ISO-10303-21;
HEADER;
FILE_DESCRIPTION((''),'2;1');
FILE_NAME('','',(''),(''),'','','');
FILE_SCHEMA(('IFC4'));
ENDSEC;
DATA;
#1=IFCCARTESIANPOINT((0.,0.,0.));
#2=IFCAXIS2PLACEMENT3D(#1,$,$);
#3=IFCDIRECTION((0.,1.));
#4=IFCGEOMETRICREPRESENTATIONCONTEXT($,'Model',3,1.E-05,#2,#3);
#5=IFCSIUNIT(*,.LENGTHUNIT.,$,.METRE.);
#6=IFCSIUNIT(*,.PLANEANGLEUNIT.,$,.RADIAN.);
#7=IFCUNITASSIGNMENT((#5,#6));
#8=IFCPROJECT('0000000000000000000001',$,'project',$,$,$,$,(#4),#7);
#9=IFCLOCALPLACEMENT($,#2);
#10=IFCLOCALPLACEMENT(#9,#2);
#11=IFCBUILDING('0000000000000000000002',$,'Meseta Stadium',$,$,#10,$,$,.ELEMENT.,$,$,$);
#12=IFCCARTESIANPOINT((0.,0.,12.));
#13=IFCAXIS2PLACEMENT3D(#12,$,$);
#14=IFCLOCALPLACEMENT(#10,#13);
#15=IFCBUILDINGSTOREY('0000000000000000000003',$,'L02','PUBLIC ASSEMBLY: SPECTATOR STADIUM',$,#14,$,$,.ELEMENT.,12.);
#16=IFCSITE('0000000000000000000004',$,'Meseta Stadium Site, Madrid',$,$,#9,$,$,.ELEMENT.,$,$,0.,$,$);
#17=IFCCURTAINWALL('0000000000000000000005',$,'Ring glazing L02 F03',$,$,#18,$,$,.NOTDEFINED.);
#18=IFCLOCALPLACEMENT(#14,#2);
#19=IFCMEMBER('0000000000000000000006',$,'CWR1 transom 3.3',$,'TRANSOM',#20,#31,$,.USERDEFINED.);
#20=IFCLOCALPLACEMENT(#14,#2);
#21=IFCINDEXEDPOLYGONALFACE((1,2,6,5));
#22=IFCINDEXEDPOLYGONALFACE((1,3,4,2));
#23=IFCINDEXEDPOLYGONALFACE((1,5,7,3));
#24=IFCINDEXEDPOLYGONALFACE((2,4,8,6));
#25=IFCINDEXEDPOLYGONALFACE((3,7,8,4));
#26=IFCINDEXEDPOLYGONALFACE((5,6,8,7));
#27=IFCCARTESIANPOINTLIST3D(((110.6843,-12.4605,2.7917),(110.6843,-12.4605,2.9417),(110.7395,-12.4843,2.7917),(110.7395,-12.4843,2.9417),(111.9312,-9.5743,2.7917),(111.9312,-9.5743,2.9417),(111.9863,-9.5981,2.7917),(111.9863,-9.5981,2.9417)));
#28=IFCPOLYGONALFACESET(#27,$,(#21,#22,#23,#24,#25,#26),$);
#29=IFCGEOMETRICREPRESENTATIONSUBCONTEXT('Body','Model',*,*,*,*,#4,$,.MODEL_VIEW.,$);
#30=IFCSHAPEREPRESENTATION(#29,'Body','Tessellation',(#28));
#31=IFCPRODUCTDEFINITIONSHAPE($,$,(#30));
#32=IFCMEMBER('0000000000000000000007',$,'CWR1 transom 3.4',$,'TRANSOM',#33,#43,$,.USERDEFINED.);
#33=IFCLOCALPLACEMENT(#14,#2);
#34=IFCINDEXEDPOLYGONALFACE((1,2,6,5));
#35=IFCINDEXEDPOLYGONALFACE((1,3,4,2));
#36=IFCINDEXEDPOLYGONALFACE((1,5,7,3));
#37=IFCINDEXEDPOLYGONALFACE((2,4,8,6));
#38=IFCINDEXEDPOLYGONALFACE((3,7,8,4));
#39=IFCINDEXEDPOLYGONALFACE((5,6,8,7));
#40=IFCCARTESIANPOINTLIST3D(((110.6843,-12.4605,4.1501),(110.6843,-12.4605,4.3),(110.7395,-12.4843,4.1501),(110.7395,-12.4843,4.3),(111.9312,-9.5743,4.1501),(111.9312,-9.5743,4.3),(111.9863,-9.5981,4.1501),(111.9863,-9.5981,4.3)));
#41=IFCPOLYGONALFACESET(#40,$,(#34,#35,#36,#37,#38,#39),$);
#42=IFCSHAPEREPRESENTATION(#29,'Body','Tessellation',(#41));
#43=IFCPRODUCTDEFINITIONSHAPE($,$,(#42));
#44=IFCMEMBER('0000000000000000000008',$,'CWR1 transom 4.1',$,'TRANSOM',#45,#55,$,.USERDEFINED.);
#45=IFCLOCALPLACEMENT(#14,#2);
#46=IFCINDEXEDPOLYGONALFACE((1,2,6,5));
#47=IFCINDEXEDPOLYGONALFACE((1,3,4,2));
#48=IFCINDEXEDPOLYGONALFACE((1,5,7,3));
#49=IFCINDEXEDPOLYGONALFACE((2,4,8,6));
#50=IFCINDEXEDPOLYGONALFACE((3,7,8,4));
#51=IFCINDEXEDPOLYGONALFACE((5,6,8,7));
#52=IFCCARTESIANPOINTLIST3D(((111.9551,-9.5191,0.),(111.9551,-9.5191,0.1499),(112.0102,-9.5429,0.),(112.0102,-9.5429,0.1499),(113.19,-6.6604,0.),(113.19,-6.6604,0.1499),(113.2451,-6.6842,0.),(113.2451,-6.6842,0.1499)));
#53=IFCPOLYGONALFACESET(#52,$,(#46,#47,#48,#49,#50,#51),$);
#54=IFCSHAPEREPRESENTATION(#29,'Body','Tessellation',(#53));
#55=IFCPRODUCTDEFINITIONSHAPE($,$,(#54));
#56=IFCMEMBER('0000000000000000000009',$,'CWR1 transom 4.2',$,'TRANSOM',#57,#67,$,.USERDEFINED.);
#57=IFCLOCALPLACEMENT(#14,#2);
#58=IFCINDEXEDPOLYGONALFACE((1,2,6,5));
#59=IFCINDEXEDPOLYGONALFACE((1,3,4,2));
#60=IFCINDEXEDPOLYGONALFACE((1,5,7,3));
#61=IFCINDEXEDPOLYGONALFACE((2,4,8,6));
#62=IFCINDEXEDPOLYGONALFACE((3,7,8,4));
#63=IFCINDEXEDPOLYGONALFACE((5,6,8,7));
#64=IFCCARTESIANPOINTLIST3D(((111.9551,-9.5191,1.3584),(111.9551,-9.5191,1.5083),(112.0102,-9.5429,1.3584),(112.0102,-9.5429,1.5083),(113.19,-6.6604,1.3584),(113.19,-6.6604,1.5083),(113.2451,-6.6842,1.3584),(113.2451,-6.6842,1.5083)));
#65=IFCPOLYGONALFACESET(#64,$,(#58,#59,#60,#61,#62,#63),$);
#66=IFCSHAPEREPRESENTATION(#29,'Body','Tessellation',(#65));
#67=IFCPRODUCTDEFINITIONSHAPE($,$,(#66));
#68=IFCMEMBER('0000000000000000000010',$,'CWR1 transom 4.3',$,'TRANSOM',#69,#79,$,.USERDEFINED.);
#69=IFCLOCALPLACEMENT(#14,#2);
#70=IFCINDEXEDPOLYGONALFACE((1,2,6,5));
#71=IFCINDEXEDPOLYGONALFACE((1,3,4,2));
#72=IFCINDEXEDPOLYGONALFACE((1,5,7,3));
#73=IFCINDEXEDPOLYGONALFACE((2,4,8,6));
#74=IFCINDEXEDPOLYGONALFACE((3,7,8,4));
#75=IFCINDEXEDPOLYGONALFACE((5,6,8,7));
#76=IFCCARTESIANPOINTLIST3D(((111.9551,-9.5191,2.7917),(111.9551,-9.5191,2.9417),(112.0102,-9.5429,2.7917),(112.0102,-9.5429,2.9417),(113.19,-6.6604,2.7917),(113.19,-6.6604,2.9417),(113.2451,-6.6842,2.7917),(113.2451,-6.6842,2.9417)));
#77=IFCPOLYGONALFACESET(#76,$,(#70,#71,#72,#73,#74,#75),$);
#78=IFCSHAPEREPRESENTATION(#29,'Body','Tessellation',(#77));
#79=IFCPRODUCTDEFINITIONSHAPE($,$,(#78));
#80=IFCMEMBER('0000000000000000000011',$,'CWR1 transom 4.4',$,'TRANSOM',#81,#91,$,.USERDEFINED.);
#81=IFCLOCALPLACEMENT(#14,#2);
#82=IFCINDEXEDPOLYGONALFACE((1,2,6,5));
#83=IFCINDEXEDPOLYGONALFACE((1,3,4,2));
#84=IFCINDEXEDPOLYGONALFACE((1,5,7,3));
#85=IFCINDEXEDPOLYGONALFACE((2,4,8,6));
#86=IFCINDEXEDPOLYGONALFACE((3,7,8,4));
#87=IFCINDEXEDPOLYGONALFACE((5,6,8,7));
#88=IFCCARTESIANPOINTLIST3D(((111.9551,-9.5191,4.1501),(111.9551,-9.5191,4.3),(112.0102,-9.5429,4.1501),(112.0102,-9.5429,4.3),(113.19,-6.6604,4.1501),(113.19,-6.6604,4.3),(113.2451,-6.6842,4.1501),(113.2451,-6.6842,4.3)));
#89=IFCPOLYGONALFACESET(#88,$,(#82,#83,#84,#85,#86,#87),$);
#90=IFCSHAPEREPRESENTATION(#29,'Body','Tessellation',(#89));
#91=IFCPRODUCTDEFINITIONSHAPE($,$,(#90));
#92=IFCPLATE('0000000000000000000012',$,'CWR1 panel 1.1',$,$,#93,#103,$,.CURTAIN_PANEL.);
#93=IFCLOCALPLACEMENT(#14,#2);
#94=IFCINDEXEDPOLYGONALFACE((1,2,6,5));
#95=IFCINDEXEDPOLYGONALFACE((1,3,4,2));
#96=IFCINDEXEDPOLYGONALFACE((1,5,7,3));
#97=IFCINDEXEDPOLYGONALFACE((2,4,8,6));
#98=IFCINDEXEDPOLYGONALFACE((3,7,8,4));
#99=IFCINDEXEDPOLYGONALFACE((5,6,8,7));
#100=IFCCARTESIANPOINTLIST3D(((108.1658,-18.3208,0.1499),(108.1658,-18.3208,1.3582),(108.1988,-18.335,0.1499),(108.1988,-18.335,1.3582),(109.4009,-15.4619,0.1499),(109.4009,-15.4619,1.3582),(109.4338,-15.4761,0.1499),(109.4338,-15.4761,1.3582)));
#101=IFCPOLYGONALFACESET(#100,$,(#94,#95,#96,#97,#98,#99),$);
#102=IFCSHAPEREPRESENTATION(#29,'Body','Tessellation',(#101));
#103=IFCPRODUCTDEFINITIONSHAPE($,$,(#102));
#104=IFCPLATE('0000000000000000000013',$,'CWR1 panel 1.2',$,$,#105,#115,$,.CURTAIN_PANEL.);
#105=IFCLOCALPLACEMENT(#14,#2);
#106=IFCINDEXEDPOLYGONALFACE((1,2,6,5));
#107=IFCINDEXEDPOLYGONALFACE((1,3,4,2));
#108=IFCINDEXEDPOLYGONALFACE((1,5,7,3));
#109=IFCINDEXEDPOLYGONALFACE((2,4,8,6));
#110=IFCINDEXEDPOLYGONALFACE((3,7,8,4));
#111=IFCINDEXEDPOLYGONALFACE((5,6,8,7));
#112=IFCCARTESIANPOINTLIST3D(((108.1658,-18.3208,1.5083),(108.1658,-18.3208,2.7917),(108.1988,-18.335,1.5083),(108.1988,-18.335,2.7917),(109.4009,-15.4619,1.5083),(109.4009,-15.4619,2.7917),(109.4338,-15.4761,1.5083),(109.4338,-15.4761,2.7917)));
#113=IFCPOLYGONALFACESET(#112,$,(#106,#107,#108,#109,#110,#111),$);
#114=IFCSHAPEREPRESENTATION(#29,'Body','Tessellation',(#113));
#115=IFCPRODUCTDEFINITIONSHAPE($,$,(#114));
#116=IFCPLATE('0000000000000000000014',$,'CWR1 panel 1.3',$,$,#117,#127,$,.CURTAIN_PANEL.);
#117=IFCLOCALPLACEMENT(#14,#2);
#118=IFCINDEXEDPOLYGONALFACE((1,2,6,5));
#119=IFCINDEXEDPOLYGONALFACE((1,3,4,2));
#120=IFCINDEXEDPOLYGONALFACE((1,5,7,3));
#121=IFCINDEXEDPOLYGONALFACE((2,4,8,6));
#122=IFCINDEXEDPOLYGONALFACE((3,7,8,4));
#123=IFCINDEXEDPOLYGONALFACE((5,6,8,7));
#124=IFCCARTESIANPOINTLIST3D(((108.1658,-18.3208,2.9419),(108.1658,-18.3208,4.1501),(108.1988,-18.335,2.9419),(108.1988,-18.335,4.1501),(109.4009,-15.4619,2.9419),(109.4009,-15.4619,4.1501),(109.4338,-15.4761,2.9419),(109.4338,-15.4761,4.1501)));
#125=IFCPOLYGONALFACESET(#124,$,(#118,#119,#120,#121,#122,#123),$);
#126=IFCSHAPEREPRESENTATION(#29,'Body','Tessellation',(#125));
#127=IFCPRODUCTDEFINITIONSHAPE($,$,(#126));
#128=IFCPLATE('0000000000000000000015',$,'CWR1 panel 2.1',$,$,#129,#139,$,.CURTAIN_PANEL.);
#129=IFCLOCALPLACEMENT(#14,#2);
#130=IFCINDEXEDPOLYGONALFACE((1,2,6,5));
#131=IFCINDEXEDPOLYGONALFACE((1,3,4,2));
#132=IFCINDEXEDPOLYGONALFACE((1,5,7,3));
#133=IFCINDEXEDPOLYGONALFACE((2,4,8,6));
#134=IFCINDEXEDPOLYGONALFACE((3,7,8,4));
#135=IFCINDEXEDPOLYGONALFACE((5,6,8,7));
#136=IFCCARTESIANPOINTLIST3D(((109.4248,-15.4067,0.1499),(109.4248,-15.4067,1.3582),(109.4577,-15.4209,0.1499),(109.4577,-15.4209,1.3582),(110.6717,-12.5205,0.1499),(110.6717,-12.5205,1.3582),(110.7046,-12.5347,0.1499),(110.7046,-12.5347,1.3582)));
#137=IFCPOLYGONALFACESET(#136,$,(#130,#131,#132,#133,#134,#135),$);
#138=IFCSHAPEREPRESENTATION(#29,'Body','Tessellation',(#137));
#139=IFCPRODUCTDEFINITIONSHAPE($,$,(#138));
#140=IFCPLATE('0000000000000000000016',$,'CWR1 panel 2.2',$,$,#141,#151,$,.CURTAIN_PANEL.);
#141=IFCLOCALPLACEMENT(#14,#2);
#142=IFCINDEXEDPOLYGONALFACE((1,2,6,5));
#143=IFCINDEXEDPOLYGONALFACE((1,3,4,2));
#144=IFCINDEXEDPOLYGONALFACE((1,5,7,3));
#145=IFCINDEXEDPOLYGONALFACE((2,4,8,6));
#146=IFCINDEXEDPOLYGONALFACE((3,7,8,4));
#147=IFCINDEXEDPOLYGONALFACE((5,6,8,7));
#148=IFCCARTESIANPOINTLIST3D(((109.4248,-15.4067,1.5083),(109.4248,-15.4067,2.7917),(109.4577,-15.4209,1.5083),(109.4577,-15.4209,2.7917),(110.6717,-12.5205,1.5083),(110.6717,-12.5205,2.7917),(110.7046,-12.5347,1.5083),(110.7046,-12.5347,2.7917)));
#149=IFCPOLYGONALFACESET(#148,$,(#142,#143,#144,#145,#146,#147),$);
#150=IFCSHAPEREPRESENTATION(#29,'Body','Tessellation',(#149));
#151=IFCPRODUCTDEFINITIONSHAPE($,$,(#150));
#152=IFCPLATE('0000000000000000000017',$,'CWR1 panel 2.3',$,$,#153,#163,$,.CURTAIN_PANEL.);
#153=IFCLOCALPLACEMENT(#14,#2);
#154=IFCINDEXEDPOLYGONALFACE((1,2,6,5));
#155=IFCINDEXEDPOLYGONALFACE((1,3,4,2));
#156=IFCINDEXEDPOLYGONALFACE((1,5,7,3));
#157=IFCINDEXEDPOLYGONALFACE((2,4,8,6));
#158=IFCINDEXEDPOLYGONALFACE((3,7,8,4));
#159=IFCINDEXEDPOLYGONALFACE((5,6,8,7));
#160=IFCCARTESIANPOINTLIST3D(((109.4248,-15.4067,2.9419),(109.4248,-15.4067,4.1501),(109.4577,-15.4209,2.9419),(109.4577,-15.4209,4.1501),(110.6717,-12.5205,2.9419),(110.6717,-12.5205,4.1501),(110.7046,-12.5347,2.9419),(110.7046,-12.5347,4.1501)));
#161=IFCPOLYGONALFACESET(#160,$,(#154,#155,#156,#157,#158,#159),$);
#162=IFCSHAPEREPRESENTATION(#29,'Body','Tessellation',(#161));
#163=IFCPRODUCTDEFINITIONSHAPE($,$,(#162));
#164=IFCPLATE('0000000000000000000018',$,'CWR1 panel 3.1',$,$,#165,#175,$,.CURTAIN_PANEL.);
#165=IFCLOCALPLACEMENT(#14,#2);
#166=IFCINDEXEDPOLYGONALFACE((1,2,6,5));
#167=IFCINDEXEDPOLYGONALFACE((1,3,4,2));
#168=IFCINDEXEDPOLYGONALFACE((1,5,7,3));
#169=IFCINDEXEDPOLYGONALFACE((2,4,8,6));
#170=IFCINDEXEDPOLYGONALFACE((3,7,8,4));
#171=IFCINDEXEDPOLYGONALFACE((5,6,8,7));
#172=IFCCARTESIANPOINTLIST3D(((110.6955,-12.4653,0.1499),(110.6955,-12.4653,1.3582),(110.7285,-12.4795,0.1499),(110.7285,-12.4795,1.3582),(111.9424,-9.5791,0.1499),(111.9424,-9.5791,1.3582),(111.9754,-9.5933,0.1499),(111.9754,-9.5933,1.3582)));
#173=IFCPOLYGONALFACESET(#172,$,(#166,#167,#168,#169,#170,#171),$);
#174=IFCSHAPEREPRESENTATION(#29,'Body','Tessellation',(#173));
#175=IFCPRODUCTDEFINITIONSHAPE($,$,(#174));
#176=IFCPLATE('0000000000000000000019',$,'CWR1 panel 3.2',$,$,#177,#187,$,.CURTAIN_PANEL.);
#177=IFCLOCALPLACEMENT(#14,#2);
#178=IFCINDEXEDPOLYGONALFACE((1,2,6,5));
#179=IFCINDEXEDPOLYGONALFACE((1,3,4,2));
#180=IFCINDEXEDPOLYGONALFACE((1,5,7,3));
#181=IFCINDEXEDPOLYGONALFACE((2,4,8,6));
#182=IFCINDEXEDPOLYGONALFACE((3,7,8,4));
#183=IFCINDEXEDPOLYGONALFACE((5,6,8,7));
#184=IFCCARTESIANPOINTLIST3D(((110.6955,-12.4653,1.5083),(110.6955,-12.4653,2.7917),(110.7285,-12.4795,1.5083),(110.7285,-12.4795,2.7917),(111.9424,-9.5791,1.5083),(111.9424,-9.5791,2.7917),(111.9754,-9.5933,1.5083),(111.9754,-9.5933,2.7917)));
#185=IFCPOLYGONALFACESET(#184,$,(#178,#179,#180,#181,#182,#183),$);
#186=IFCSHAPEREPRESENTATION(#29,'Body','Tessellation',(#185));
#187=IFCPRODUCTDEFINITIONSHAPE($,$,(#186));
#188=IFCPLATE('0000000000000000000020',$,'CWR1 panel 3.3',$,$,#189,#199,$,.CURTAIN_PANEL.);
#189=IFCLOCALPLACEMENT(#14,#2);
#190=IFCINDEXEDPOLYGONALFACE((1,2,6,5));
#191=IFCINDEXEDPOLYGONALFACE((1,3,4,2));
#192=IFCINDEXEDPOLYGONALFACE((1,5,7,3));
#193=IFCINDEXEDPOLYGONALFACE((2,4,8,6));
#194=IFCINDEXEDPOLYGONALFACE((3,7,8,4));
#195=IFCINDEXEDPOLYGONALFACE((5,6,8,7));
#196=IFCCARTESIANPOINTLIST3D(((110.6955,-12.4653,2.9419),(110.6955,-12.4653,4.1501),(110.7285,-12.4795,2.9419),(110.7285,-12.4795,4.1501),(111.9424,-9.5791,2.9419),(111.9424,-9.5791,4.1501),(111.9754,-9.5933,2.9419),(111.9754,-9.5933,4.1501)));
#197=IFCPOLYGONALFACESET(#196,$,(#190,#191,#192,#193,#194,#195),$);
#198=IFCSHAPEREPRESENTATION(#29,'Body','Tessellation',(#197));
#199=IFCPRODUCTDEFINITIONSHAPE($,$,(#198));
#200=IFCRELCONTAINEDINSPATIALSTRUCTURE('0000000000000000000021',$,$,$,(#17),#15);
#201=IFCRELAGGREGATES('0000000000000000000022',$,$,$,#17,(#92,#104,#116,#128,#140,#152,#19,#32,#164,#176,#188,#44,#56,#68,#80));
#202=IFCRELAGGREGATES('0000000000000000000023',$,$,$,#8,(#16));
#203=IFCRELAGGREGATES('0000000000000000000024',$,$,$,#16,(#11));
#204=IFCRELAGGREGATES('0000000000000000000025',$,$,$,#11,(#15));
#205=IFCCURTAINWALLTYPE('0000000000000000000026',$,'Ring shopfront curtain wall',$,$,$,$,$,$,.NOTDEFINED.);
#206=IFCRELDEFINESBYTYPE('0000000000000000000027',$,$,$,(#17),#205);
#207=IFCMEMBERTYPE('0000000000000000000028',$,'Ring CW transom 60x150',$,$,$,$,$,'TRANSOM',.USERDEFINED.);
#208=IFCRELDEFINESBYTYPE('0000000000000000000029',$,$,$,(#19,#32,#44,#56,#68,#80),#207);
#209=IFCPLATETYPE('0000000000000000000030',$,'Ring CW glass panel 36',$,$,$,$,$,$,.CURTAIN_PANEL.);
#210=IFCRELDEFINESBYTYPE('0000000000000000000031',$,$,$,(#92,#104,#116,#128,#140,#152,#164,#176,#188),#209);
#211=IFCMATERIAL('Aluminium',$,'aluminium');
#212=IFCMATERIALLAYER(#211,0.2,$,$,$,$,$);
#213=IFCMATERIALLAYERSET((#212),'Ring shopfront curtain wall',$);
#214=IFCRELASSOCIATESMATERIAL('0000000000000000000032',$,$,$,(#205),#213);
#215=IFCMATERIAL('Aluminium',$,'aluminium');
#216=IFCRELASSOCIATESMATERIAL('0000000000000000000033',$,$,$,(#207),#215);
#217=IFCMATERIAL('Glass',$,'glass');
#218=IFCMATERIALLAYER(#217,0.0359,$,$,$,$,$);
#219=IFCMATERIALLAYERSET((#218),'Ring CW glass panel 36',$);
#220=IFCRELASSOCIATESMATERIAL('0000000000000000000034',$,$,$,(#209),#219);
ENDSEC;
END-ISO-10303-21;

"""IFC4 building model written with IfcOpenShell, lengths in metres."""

from ifc_helpers import new_model, si_unit, direction, frame, origin, origin_2d, place, context, subcontext, project, spatial, rectangle, extrude, material, layer, layer_set, material_profile, profile_set, type_object, element, aggregate, save


model = new_model("IFC4")

# Units and contexts
model_context = context("Model", 3, precision=1e-05, world=origin(), true_north=direction((0.0, 1.0)))
body_context = subcontext(model_context, "Body", "Model", "MODEL_VIEW")
ifc_project = project(units=[si_unit("LENGTHUNIT", "METRE"), si_unit("PLANEANGLEUNIT", "RADIAN")], contexts=[model_context])

# Site, building, storey
site_placement = place(None, origin())
site = spatial("IfcSite", under=ifc_project, at=site_placement, Name="Meseta Stadium Site, Madrid", CompositionType="ELEMENT", RefElevation=0.0)
building_placement = place(site_placement, origin())
building = spatial("IfcBuilding", under=site, at=building_placement, Name="Meseta Stadium", CompositionType="ELEMENT")
storey_placement = place(building_placement, frame((0.0, 0.0, 12.0)))
storey = spatial("IfcBuildingStorey", under=building, at=storey_placement, Name="L02", Description="PUBLIC ASSEMBLY: SPECTATOR STADIUM", CompositionType="ELEMENT", Elevation=12.0)

# Curtain wall, members, plates
ifc_material_1 = material(Name="Aluminium", Category="aluminium")
ifc_layer_1 = layer(ifc_material_1, 0.2)
ifc_layer_set_1 = layer_set([ifc_layer_1], Name="Ring shopfront curtain wall")
curtain_wall_type = type_object("IfcCurtainWallType", Name="Ring shopfront curtain wall", PredefinedType="NOTDEFINED", material=ifc_layer_set_1)
curtain_wall_placement = place(storey_placement, origin())
curtain_wall = element("IfcCurtainWall", 1, at=curtain_wall_placement, inside=storey, type_object=curtain_wall_type, Name="Ring glazing L02 F03", PredefinedType="NOTDEFINED")
ifc_material_2 = material(Name="Aluminium", Category="aluminium")
ifc_material_profile_1 = material_profile(ifc_material_2, rectangle(XDim=0.0601, YDim=0.1499, at=origin_2d()), Name="CW 60x150")
ifc_profile_set_1 = profile_set([ifc_material_profile_1], Name="Aluminium")
member_type_1 = type_object("IfcMemberType", Name="Ring CW transom 60x150", ElementType="TRANSOM", PredefinedType="USERDEFINED", material=ifc_profile_set_1)
member_1_placement = place(storey_placement, frame((110.7119, -12.4724, 2.8667), z_axis=(0.39657, 0.918005, 0.0), x_axis=(-0.918005, 0.39657, 0.0)))
member_1 = element("IfcMember", 2, at=member_1_placement, type_object=member_type_1, Name="CWR1 transom 3.3", ObjectType="TRANSOM", PredefinedType="USERDEFINED", context=body_context, shape_type="SweptSolid", body=[
    extrude(rectangle(XDim=0.0601, YDim=0.1499, at=origin_2d()), origin(), (0.0, 0.0, 1.0), 3.144),
])
member_2_placement = place(storey_placement, frame((110.7119, -12.4724, 4.2251), z_axis=(0.39657, 0.918005, 0.0), x_axis=(-0.918005, 0.39657, 0.0)))
member_2 = element("IfcMember", 3, at=member_2_placement, type_object=member_type_1, Name="CWR1 transom 3.4", ObjectType="TRANSOM", PredefinedType="USERDEFINED", context=body_context, shape_type="SweptSolid", body=[
    extrude(rectangle(XDim=0.0601, YDim=0.1499, at=origin_2d()), origin(), (0.0, 0.0, 1.0), 3.144),
])
member_3_placement = place(storey_placement, frame((111.9827, -9.531, 0.075), z_axis=(0.396558, 0.91801, 0.0), x_axis=(-0.91801, 0.396558, 0.0)))
member_3 = element("IfcMember", 4, at=member_3_placement, type_object=member_type_1, Name="CWR1 transom 4.1", ObjectType="TRANSOM", PredefinedType="USERDEFINED", context=body_context, shape_type="SweptSolid", body=[
    extrude(rectangle(XDim=0.0601, YDim=0.1499, at=origin_2d()), origin(), (0.0, 0.0, 1.0), 3.114),
])
member_4_placement = place(storey_placement, frame((111.9827, -9.531, 1.4333), z_axis=(0.396558, 0.91801, 0.0), x_axis=(-0.91801, 0.396558, 0.0)))
member_4 = element("IfcMember", 5, at=member_4_placement, type_object=member_type_1, Name="CWR1 transom 4.2", ObjectType="TRANSOM", PredefinedType="USERDEFINED", context=body_context, shape_type="SweptSolid", body=[
    extrude(rectangle(XDim=0.0601, YDim=0.1499, at=origin_2d()), origin(), (0.0, 0.0, 1.0), 3.114),
])
member_5_placement = place(storey_placement, frame((111.9827, -9.531, 2.8667), z_axis=(0.396558, 0.91801, 0.0), x_axis=(-0.91801, 0.396558, 0.0)))
member_5 = element("IfcMember", 6, at=member_5_placement, type_object=member_type_1, Name="CWR1 transom 4.3", ObjectType="TRANSOM", PredefinedType="USERDEFINED", context=body_context, shape_type="SweptSolid", body=[
    extrude(rectangle(XDim=0.0601, YDim=0.1499, at=origin_2d()), origin(), (0.0, 0.0, 1.0), 3.114),
])
member_6_placement = place(storey_placement, frame((111.9827, -9.531, 4.2251), z_axis=(0.396558, 0.91801, 0.0), x_axis=(-0.91801, 0.396558, 0.0)))
member_6 = element("IfcMember", 7, at=member_6_placement, type_object=member_type_1, Name="CWR1 transom 4.4", ObjectType="TRANSOM", PredefinedType="USERDEFINED", context=body_context, shape_type="SweptSolid", body=[
    extrude(rectangle(XDim=0.0601, YDim=0.1499, at=origin_2d()), origin(), (0.0, 0.0, 1.0), 3.114),
])
ifc_material_3 = material(Name="Glass", Category="glass")
ifc_layer_2 = layer(ifc_material_3, 0.0359)
ifc_layer_set_2 = layer_set([ifc_layer_2], Name="Ring CW glass panel 36")
plate_type_1 = type_object("IfcPlateType", Name="Ring CW glass panel 36", PredefinedType="CURTAIN_PANEL", material=ifc_layer_set_2)
plate_1_placement = place(storey_placement, frame((108.7998, -16.8984, 0.1499), z_axis=(0.0, 0.0, 1.0), x_axis=(0.396581, 0.918, 0.0)))
plate_1 = element("IfcPlate", 8, at=plate_1_placement, type_object=plate_type_1, Name="CWR1 panel 1.1", PredefinedType="CURTAIN_PANEL", context=body_context, shape_type="SweptSolid", body=[
    extrude(rectangle(XDim=3.1143, YDim=0.0359, at=origin_2d()), origin(), (0.0, 0.0, 1.0), 1.2083),
])
plate_2_placement = place(storey_placement, frame((108.7998, -16.8984, 1.5083), z_axis=(0.0, 0.0, 1.0), x_axis=(0.396581, 0.918, 0.0)))
plate_2 = element("IfcPlate", 9, at=plate_2_placement, type_object=plate_type_1, Name="CWR1 panel 1.2", PredefinedType="CURTAIN_PANEL", context=body_context, shape_type="SweptSolid", body=[
    extrude(rectangle(XDim=3.1143, YDim=0.0359, at=origin_2d()), origin(), (0.0, 0.0, 1.0), 1.2834),
])
plate_3_placement = place(storey_placement, frame((108.7998, -16.8984, 2.9419), z_axis=(0.0, 0.0, 1.0), x_axis=(0.396581, 0.918, 0.0)))
plate_3 = element("IfcPlate", 10, at=plate_3_placement, type_object=plate_type_1, Name="CWR1 panel 1.3", PredefinedType="CURTAIN_PANEL", context=body_context, shape_type="SweptSolid", body=[
    extrude(rectangle(XDim=3.1143, YDim=0.0359, at=origin_2d()), origin(), (0.0, 0.0, 1.0), 1.2083),
])
plate_4_placement = place(storey_placement, frame((110.0647, -13.9707, 0.1499), z_axis=(0.0, 0.0, 1.0), x_axis=(0.396581, 0.918, 0.0)))
plate_4 = element("IfcPlate", 11, at=plate_4_placement, type_object=plate_type_1, Name="CWR1 panel 2.1", PredefinedType="CURTAIN_PANEL", context=body_context, shape_type="SweptSolid", body=[
    extrude(rectangle(XDim=3.144, YDim=0.0359, at=origin_2d()), origin(), (0.0, 0.0, 1.0), 1.2083),
])
plate_5_placement = place(storey_placement, frame((110.0647, -13.9707, 1.5083), z_axis=(0.0, 0.0, 1.0), x_axis=(0.396581, 0.918, 0.0)))
plate_5 = element("IfcPlate", 12, at=plate_5_placement, type_object=plate_type_1, Name="CWR1 panel 2.2", PredefinedType="CURTAIN_PANEL", context=body_context, shape_type="SweptSolid", body=[
    extrude(rectangle(XDim=3.144, YDim=0.0359, at=origin_2d()), origin(), (0.0, 0.0, 1.0), 1.2834),
])
plate_6_placement = place(storey_placement, frame((110.0647, -13.9707, 2.9419), z_axis=(0.0, 0.0, 1.0), x_axis=(0.396581, 0.918, 0.0)))
plate_6 = element("IfcPlate", 13, at=plate_6_placement, type_object=plate_type_1, Name="CWR1 panel 2.3", PredefinedType="CURTAIN_PANEL", context=body_context, shape_type="SweptSolid", body=[
    extrude(rectangle(XDim=3.144, YDim=0.0359, at=origin_2d()), origin(), (0.0, 0.0, 1.0), 1.2083),
])
plate_7_placement = place(storey_placement, frame((111.3354, -11.0293, 0.1499), z_axis=(0.0, 0.0, 1.0), x_axis=(0.396581, 0.918, 0.0)))
plate_7 = element("IfcPlate", 14, at=plate_7_placement, type_object=plate_type_1, Name="CWR1 panel 3.1", PredefinedType="CURTAIN_PANEL", context=body_context, shape_type="SweptSolid", body=[
    extrude(rectangle(XDim=3.144, YDim=0.0359, at=origin_2d()), origin(), (0.0, 0.0, 1.0), 1.2083),
])
plate_8_placement = place(storey_placement, frame((111.3354, -11.0293, 1.5083), z_axis=(0.0, 0.0, 1.0), x_axis=(0.396581, 0.918, 0.0)))
plate_8 = element("IfcPlate", 15, at=plate_8_placement, type_object=plate_type_1, Name="CWR1 panel 3.2", PredefinedType="CURTAIN_PANEL", context=body_context, shape_type="SweptSolid", body=[
    extrude(rectangle(XDim=3.144, YDim=0.0359, at=origin_2d()), origin(), (0.0, 0.0, 1.0), 1.2834),
])
plate_9_placement = place(storey_placement, frame((111.3354, -11.0293, 2.9419), z_axis=(0.0, 0.0, 1.0), x_axis=(0.396581, 0.918, 0.0)))
plate_9 = element("IfcPlate", 16, at=plate_9_placement, type_object=plate_type_1, Name="CWR1 panel 3.3", PredefinedType="CURTAIN_PANEL", context=body_context, shape_type="SweptSolid", body=[
    extrude(rectangle(XDim=3.144, YDim=0.0359, at=origin_2d()), origin(), (0.0, 0.0, 1.0), 1.2083),
])
aggregate(curtain_wall, [plate_1, plate_2, plate_3, plate_4, plate_5, plate_6, member_1, member_2, plate_7, plate_8, plate_9, member_3, member_4, member_5, member_6])

save(model, "model.ifc")
